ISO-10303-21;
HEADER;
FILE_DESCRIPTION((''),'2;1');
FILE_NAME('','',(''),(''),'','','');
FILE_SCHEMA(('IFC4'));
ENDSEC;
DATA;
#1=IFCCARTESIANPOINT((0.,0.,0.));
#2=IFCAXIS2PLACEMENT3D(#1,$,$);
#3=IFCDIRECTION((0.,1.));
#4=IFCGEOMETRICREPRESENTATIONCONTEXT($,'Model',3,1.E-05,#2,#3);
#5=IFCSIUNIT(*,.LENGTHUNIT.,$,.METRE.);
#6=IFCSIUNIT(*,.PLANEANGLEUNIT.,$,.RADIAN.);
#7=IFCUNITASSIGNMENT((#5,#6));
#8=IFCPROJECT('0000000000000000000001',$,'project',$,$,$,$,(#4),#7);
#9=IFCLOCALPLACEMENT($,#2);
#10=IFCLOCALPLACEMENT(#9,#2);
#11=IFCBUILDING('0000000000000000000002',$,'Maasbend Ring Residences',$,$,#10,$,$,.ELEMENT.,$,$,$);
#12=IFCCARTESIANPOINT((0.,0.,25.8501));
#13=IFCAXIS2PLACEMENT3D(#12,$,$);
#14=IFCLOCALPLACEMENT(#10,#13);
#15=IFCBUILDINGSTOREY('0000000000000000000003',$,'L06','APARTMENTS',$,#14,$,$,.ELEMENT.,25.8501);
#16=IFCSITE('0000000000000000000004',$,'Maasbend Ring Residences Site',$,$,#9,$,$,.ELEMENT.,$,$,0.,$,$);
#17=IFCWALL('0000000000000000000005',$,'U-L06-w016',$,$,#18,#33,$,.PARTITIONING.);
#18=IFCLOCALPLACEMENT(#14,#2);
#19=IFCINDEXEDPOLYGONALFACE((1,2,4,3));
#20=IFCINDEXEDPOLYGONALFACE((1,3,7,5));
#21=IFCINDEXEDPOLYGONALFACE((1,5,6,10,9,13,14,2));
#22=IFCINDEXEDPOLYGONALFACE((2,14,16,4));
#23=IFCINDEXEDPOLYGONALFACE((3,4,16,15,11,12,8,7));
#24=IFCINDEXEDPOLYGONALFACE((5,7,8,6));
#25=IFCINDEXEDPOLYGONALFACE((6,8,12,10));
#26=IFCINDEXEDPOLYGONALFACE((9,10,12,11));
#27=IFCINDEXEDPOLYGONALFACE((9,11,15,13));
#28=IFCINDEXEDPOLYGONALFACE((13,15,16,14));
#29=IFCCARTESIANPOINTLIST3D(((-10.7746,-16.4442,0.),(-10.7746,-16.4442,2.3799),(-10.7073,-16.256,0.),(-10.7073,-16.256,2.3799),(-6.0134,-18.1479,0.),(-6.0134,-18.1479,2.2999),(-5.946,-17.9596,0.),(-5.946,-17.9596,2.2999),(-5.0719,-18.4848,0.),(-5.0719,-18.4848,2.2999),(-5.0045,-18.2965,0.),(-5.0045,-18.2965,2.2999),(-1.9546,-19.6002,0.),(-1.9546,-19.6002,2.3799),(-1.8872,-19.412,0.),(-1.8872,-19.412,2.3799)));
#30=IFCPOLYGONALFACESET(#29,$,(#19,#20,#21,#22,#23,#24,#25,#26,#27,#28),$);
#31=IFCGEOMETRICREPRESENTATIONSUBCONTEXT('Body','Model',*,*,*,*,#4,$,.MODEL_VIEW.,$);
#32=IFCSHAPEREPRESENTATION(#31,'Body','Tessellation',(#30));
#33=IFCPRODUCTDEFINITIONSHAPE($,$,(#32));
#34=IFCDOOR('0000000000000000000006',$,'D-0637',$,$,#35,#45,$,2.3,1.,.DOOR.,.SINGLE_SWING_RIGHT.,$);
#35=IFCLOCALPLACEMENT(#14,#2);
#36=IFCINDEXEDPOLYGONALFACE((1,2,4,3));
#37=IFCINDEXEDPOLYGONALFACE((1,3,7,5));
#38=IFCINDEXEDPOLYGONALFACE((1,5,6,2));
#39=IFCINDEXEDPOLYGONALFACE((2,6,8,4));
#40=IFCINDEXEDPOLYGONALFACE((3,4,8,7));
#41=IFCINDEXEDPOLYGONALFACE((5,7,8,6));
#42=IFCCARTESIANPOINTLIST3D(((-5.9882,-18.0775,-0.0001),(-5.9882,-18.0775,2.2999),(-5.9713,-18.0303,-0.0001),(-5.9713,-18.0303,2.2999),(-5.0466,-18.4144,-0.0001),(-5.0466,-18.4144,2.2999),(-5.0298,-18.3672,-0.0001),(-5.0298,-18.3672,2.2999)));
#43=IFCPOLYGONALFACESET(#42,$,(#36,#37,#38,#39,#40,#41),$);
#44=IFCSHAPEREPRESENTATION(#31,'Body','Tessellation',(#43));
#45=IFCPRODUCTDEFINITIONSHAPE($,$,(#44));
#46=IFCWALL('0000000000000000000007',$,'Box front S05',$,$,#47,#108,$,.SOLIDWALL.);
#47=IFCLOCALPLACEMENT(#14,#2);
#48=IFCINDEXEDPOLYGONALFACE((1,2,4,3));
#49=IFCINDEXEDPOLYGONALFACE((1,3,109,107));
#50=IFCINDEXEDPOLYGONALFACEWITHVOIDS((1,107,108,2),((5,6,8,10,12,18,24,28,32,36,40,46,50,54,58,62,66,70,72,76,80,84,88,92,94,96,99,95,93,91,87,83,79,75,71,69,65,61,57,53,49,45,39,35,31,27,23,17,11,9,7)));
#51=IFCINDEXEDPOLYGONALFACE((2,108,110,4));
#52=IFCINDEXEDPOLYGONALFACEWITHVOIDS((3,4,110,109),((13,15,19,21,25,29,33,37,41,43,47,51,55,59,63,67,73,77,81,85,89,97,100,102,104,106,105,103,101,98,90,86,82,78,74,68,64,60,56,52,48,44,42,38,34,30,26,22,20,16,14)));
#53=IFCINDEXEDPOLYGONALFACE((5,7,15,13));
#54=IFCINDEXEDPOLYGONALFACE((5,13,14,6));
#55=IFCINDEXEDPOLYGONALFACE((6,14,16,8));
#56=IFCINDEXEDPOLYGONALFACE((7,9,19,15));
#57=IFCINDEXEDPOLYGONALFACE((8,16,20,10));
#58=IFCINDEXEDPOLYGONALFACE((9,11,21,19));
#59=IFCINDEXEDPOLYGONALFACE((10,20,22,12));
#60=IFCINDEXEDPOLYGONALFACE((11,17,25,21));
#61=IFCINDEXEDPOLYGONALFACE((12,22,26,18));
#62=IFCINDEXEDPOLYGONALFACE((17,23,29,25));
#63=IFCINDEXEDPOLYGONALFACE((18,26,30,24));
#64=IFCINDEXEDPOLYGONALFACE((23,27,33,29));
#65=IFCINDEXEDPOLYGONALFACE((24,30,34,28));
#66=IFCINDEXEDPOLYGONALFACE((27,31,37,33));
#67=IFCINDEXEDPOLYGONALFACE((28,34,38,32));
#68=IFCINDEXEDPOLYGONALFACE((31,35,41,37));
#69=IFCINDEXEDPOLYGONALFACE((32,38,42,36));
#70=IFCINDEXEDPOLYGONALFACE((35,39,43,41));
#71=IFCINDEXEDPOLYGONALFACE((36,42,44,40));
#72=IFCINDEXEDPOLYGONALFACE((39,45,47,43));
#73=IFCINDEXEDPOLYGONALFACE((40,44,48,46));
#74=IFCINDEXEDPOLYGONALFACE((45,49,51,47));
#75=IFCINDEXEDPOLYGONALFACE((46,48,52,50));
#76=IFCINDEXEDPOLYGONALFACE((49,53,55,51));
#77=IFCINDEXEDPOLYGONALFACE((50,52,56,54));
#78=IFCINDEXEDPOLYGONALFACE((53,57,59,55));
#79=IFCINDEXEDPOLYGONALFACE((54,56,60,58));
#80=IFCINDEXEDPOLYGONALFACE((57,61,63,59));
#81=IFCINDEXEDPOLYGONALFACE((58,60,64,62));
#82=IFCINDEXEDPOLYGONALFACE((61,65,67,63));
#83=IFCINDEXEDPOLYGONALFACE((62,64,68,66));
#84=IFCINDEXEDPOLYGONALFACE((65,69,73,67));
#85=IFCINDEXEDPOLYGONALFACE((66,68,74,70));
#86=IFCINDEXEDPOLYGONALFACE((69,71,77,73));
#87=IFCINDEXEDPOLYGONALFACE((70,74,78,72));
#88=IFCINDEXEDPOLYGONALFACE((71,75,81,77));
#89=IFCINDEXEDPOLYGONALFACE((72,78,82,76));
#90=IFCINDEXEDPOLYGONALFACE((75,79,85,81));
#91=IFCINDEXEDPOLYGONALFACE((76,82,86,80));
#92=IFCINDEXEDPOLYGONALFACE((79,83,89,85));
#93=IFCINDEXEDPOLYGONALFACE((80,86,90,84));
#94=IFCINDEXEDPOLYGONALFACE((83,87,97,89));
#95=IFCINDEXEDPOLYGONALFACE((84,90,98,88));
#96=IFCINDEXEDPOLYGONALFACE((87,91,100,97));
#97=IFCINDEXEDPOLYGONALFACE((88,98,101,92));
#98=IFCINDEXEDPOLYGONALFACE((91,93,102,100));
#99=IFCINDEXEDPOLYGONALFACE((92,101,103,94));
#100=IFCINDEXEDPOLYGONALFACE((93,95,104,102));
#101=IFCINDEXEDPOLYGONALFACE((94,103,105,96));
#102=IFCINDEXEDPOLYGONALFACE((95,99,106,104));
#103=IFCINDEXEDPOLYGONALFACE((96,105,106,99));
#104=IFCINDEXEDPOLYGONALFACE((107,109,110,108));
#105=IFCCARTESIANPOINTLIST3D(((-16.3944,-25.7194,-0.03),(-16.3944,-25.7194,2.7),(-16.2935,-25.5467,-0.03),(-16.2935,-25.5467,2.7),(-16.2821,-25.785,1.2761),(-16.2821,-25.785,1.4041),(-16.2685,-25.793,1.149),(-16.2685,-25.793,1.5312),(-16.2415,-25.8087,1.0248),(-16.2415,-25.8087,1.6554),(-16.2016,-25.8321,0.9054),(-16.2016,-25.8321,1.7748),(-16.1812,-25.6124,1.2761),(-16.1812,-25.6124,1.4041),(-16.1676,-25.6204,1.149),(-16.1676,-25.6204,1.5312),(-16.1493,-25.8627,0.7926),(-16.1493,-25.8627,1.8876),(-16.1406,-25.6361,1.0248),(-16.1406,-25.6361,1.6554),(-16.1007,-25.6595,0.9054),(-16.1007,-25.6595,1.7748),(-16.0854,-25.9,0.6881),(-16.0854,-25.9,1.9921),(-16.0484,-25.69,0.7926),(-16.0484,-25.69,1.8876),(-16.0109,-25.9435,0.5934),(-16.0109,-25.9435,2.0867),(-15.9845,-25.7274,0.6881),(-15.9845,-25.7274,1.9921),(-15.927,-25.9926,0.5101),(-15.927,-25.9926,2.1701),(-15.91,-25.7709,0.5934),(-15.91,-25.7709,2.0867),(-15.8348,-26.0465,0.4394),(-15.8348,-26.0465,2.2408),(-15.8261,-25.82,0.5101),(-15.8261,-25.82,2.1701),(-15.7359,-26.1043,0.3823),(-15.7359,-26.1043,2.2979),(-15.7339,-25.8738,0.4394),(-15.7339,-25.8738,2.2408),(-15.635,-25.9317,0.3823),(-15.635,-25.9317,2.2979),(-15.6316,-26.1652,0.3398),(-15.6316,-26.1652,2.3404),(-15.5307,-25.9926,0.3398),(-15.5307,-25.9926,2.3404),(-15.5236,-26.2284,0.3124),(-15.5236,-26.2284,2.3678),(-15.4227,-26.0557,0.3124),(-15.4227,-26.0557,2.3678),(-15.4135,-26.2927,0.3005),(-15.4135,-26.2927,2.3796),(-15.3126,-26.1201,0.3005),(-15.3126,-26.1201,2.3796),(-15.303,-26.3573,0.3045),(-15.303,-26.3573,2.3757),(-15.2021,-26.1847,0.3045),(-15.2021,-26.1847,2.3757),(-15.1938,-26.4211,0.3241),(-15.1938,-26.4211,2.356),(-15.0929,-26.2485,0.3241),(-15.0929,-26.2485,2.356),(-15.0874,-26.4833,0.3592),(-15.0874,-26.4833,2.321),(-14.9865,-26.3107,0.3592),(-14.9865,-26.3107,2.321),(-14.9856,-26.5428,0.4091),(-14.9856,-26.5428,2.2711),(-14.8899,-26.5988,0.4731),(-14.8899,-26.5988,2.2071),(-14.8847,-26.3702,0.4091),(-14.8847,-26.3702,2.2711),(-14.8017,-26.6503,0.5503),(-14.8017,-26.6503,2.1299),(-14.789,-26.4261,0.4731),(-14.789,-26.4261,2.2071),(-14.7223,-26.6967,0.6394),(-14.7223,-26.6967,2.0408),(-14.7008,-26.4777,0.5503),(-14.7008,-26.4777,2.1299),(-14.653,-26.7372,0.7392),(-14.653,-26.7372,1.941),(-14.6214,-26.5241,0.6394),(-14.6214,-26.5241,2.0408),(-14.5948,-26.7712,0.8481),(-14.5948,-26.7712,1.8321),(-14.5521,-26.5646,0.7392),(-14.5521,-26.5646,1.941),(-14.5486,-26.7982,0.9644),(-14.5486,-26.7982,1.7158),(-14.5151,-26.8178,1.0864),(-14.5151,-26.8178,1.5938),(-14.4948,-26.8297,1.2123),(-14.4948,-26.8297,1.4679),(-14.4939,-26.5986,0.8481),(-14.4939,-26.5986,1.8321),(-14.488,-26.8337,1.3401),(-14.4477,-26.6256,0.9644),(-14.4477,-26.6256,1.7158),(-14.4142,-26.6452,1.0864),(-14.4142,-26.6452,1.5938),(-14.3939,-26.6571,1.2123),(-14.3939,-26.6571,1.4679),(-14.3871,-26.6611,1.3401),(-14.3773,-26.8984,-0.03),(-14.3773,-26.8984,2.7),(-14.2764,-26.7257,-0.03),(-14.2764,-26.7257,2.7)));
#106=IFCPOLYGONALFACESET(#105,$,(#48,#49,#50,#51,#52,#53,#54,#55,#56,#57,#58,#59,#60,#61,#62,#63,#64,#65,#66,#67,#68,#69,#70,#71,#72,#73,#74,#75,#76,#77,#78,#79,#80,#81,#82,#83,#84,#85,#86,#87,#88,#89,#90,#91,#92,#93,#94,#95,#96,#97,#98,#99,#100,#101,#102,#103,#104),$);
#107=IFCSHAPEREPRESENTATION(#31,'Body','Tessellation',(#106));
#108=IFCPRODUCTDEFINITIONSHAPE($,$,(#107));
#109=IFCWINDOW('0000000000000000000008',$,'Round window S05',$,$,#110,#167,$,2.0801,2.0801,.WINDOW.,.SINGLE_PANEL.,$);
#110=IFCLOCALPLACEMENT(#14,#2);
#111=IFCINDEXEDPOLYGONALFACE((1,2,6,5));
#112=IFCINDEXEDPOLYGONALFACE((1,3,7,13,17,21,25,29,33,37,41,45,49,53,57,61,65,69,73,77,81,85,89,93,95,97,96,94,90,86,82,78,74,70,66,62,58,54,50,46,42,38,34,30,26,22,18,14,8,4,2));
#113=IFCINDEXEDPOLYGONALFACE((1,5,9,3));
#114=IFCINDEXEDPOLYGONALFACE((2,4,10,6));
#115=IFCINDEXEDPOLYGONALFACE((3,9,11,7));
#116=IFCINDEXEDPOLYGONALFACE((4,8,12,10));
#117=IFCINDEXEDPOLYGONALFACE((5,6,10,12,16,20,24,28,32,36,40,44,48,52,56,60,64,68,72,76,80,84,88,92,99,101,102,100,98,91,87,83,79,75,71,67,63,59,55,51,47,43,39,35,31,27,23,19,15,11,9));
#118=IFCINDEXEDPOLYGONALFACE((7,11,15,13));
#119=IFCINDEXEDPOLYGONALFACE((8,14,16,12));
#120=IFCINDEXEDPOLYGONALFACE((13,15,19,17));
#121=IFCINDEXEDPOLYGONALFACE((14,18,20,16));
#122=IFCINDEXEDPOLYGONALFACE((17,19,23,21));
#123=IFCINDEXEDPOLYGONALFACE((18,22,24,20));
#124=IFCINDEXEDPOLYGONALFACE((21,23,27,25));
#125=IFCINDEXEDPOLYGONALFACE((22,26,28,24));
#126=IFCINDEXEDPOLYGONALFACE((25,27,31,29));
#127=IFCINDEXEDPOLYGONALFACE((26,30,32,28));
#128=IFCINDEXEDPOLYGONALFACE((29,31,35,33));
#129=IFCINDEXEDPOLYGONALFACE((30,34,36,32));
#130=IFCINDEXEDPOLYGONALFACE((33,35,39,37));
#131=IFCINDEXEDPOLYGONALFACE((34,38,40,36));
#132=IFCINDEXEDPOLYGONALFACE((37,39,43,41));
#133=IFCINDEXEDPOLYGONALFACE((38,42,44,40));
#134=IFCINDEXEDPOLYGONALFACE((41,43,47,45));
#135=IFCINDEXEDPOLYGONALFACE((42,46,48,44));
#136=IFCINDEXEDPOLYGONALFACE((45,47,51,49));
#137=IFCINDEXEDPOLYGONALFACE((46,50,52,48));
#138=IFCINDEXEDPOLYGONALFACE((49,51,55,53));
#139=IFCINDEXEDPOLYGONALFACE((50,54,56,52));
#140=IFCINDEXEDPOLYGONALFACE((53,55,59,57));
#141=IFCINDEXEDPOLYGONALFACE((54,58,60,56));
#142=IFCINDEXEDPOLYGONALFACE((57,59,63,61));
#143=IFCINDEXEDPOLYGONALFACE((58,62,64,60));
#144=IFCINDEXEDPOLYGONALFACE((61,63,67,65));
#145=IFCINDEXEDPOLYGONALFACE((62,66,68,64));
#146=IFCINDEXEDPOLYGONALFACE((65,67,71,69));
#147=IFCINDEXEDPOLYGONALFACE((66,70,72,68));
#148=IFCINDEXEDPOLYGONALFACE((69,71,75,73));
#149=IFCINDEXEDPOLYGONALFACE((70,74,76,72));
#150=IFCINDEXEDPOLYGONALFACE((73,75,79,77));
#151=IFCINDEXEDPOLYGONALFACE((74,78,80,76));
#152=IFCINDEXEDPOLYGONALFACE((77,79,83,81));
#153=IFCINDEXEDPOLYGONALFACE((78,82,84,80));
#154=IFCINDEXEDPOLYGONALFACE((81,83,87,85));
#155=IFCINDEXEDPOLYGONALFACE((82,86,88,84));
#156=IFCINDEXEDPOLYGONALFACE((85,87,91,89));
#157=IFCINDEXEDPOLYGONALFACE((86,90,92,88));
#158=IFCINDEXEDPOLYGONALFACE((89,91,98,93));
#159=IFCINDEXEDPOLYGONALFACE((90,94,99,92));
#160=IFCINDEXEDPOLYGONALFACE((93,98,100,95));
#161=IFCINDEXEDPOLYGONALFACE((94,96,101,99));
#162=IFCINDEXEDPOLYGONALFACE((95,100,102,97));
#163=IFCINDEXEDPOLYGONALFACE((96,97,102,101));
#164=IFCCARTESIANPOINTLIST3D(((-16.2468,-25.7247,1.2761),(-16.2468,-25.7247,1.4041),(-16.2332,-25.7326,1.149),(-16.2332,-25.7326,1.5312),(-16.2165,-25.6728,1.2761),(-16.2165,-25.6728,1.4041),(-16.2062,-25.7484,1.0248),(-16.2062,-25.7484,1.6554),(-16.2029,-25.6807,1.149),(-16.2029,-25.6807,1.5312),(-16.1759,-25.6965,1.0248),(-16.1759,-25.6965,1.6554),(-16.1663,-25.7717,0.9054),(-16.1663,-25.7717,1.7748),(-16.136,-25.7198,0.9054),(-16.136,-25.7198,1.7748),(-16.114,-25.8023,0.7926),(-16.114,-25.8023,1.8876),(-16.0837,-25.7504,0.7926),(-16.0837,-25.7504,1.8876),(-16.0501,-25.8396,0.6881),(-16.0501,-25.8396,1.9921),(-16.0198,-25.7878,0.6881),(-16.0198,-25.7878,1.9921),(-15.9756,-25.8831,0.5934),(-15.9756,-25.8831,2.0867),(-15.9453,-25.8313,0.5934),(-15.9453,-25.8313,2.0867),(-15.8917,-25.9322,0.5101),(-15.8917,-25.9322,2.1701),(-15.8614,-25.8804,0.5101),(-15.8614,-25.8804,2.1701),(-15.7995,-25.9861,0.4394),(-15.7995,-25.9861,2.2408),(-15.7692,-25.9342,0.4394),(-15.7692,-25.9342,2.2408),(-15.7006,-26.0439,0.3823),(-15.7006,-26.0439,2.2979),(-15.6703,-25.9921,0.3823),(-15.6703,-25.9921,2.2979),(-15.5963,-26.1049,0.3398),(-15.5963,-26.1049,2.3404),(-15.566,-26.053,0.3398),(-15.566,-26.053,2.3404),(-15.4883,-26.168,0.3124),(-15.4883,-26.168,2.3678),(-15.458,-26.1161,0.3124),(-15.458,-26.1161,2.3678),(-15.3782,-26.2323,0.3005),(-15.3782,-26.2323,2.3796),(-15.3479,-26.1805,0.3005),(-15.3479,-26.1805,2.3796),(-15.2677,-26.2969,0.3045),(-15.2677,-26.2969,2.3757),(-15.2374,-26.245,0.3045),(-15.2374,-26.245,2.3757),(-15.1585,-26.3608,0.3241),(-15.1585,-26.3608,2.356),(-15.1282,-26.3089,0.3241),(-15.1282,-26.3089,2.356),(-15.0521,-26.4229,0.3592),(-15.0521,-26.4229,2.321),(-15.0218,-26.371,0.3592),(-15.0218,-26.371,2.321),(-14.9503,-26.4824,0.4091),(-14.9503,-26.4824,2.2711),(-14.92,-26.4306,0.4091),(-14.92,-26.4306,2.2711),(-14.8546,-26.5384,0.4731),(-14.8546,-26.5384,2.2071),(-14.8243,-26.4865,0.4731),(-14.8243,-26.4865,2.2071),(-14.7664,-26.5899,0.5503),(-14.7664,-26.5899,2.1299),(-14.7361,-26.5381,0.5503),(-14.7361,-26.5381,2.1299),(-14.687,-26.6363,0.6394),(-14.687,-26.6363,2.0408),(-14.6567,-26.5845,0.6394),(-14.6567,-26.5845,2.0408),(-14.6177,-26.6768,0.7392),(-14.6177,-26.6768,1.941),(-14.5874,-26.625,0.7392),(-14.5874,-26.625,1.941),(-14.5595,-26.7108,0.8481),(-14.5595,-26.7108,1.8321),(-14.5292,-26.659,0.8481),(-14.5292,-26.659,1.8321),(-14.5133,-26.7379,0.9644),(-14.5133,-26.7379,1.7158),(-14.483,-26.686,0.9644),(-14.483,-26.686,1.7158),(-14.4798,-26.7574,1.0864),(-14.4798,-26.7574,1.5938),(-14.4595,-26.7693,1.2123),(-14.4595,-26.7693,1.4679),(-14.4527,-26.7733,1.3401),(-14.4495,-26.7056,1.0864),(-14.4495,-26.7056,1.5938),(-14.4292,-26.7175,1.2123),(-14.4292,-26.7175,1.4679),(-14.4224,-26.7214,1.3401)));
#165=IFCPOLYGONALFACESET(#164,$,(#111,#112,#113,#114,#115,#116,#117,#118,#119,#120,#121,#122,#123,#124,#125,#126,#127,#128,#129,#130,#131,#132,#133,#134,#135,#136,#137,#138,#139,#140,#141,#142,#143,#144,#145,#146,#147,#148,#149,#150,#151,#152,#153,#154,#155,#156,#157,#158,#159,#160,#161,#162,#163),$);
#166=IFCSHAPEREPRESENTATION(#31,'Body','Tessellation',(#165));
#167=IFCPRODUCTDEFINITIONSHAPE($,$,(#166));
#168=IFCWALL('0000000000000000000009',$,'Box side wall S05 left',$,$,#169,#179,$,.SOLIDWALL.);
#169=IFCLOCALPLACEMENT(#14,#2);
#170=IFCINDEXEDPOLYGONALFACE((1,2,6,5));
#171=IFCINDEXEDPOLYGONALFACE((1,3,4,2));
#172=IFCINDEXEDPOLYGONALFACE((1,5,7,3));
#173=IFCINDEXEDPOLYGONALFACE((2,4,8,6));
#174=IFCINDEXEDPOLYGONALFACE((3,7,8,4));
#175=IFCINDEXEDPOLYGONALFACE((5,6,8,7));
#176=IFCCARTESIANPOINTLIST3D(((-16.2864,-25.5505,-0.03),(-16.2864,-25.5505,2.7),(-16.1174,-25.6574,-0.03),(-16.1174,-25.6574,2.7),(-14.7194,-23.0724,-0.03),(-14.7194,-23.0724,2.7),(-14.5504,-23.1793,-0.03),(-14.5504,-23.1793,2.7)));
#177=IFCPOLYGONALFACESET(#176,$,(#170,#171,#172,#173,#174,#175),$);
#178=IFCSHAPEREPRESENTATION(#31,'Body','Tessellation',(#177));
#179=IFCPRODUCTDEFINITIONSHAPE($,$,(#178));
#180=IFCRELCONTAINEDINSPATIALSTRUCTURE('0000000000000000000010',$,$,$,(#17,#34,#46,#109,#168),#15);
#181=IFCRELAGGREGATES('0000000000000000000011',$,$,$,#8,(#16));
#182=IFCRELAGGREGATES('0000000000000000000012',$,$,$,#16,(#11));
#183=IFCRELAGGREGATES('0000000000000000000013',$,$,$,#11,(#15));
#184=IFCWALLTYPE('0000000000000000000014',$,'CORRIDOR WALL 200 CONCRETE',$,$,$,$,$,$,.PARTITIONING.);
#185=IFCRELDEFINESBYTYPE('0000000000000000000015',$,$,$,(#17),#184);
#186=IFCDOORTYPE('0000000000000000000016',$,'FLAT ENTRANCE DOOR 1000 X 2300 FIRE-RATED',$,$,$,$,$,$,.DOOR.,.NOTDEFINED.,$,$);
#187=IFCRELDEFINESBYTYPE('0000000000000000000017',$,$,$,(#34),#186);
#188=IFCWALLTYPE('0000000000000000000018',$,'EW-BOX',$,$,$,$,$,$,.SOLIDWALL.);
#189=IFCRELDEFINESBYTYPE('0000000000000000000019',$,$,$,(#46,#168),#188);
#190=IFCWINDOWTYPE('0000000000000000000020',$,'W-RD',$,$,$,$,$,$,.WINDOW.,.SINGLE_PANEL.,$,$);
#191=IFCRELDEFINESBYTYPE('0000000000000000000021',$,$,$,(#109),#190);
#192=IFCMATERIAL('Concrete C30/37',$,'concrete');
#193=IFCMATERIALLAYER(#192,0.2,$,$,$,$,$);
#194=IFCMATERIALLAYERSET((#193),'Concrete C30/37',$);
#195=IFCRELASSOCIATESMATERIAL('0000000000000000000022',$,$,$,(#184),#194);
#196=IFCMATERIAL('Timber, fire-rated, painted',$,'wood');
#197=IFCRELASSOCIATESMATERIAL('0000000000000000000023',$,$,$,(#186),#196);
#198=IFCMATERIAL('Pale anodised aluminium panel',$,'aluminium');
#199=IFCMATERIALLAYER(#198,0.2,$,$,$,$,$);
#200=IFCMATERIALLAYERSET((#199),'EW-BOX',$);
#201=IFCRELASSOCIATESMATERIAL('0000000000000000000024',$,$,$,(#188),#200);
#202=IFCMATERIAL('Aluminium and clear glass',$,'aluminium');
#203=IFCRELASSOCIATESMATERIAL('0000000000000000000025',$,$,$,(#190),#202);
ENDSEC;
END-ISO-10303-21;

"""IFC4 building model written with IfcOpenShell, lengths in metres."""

from ifc_helpers import new_model, si_unit, direction, frame, frame_2d, origin, place, context, subcontext, project, spatial, rectangle, circle, extrude, material, layer, layer_set, type_object, element, fill, save


model = new_model("IFC4")

# Units and contexts
model_context = context("Model", 3, precision=1e-05, world=origin(), true_north=direction((0.0, 1.0)))
body_context = subcontext(model_context, "Body", "Model", "MODEL_VIEW")
ifc_project = project(units=[si_unit("LENGTHUNIT", "METRE"), si_unit("PLANEANGLEUNIT", "RADIAN")], contexts=[model_context])

# Site, building, storey
site_placement = place(None, origin())
site = spatial("IfcSite", under=ifc_project, at=site_placement, Name="Maasbend Ring Residences Site", CompositionType="ELEMENT", RefElevation=0.0)
building_placement = place(site_placement, origin())
building = spatial("IfcBuilding", under=site, at=building_placement, Name="Maasbend Ring Residences", CompositionType="ELEMENT")
storey_placement = place(building_placement, frame((0.0, 0.0, 25.8501)))
storey = spatial("IfcBuildingStorey", under=building, at=storey_placement, Name="L06", Description="APARTMENTS", CompositionType="ELEMENT", Elevation=25.8501)

# Wall, opening, door
ifc_material_1 = material(Name="Concrete C30/37", Category="concrete")
ifc_layer_1 = layer(ifc_material_1, 0.2)
ifc_layer_set_1 = layer_set([ifc_layer_1], Name="Concrete C30/37")
wall_type_1 = type_object("IfcWallType", Name="CORRIDOR WALL 200 CONCRETE", PredefinedType="PARTITIONING", material=ifc_layer_set_1)
wall_1_placement = place(storey_placement, frame((-10.741, -16.3501, 0.0), z_axis=(0.0, 0.0, 1.0), x_axis=(0.941539, -0.336903, 0.0)))
wall_1 = element("IfcWall", 1, at=wall_1_placement, inside=storey, type_object=wall_type_1, Name="U-L06-w016", PredefinedType="PARTITIONING", context=body_context, shape_type="SweptSolid", body=[
    extrude(rectangle(XDim=9.3677, YDim=0.2, at=frame_2d((4.6838, 0.0))), origin(), (0.0, 0.0, 1.0), 2.3799),
])
opening_1_placement = place(wall_1_placement, frame((5.0569, 0.0, 0.0)))
opening_1 = element("IfcOpeningElement", 2, at=opening_1_placement, cuts=wall_1, PredefinedType="OPENING", context=body_context, shape_type="SweptSolid", body=[
    extrude(rectangle(XDim=1.0, YDim=2.3, at=frame_2d((0.5, 1.1499))), frame((0.0, 0.1099, 0.0), z_axis=(0.0, -1.0, 0.0), x_axis=(1.0, 0.0, 0.0)), (0.0, 0.0, 1.0), 0.22),
])
ifc_material_2 = material(Name="Timber, fire-rated, painted", Category="wood")
door_type_1 = type_object("IfcDoorType", Name="FLAT ENTRANCE DOOR 1000 X 2300 FIRE-RATED", OperationType="NOTDEFINED", PredefinedType="DOOR", material=ifc_material_2)
door_1_placement = place(opening_1_placement, origin())
door_1 = element("IfcDoor", 3, at=door_1_placement, inside=storey, type_object=door_type_1, Name="D-0637", OperationType="SINGLE_SWING_RIGHT", OverallHeight=2.3, OverallWidth=1.0, PredefinedType="DOOR", context=body_context, shape_type="SweptSolid", body=[
    extrude(rectangle(XDim=1.0, YDim=2.3, at=frame_2d((0.5, 1.1499))), frame((0.0, 0.0249, 0.0), z_axis=(0.0, -1.0, 0.0), x_axis=(1.0, 0.0, 0.0)), (0.0, 0.0, 1.0), 0.05),
])
fill(opening_1, door_1)

# Wall, opening, window
ifc_material_3 = material(Name="Pale anodised aluminium panel", Category="aluminium")
ifc_layer_2 = layer(ifc_material_3, 0.2)
ifc_layer_set_2 = layer_set([ifc_layer_2], Name="EW-BOX")
wall_type_2 = type_object("IfcWallType", Name="EW-BOX", PredefinedType="SOLIDWALL", material=ifc_layer_set_2)
wall_2_placement = place(storey_placement, frame((-16.344, -25.6331, -0.03), z_axis=(0.0, 0.0, 1.0), x_axis=(0.863347, -0.504612, 0.0)))
wall_2 = element("IfcWall", 4, at=wall_2_placement, inside=storey, type_object=wall_type_2, Name="Box front S05", PredefinedType="SOLIDWALL", context=body_context, shape_type="SweptSolid", body=[
    extrude(rectangle(XDim=2.3364, YDim=0.2, at=frame_2d((1.1682, 0.0))), origin(), (0.0, 0.0, 1.0), 2.73),
])
opening_2_placement = place(wall_2_placement, frame((0.1282, 0.0, 0.3301)))
opening_2 = element("IfcOpeningElement", 5, at=opening_2_placement, cuts=wall_2, PredefinedType="OPENING", context=body_context, shape_type="SweptSolid", body=[
    extrude(circle(Radius=1.04, at=frame_2d((1.04, 1.04))), frame((0.0, 0.1099, 0.0), z_axis=(0.0, -1.0, 0.0), x_axis=(1.0, 0.0, 0.0)), (0.0, 0.0, 1.0), 0.22),
])
ifc_material_4 = material(Name="Aluminium and clear glass", Category="aluminium")
window_type_1 = type_object("IfcWindowType", Name="W-RD", PartitioningType="SINGLE_PANEL", PredefinedType="WINDOW", material=ifc_material_4)
window_1_placement = place(opening_2_placement, origin())
window_1 = element("IfcWindow", 6, at=window_1_placement, inside=storey, type_object=window_type_1, Name="Round window S05", OverallHeight=2.0801, OverallWidth=2.0801, PartitioningType="SINGLE_PANEL", PredefinedType="WINDOW", context=body_context, shape_type="SweptSolid", body=[
    extrude(circle(Radius=1.04, at=frame_2d((1.04, 1.04))), frame((0.0, 0.03, 0.0), z_axis=(0.0, -1.0, 0.0), x_axis=(1.0, 0.0, 0.0)), (0.0, 0.0, 1.0), 0.0601),
])
fill(opening_2, window_1)

# Wall
wall_3_placement = place(storey_placement, frame((-14.635, -23.126, -0.03), z_axis=(0.0, 0.0, 1.0), x_axis=(-0.534438, -0.845208, 0.0)))
element("IfcWall", 7, at=wall_3_placement, inside=storey, type_object=wall_type_2, Name="Box side wall S05 left", PredefinedType="SOLIDWALL", context=body_context, shape_type="SweptSolid", body=[
    extrude(rectangle(XDim=2.9319, YDim=0.2, at=frame_2d((1.4658, 0.0))), origin(), (0.0, 0.0, 1.0), 2.73),
])

save(model, "model.ifc")
